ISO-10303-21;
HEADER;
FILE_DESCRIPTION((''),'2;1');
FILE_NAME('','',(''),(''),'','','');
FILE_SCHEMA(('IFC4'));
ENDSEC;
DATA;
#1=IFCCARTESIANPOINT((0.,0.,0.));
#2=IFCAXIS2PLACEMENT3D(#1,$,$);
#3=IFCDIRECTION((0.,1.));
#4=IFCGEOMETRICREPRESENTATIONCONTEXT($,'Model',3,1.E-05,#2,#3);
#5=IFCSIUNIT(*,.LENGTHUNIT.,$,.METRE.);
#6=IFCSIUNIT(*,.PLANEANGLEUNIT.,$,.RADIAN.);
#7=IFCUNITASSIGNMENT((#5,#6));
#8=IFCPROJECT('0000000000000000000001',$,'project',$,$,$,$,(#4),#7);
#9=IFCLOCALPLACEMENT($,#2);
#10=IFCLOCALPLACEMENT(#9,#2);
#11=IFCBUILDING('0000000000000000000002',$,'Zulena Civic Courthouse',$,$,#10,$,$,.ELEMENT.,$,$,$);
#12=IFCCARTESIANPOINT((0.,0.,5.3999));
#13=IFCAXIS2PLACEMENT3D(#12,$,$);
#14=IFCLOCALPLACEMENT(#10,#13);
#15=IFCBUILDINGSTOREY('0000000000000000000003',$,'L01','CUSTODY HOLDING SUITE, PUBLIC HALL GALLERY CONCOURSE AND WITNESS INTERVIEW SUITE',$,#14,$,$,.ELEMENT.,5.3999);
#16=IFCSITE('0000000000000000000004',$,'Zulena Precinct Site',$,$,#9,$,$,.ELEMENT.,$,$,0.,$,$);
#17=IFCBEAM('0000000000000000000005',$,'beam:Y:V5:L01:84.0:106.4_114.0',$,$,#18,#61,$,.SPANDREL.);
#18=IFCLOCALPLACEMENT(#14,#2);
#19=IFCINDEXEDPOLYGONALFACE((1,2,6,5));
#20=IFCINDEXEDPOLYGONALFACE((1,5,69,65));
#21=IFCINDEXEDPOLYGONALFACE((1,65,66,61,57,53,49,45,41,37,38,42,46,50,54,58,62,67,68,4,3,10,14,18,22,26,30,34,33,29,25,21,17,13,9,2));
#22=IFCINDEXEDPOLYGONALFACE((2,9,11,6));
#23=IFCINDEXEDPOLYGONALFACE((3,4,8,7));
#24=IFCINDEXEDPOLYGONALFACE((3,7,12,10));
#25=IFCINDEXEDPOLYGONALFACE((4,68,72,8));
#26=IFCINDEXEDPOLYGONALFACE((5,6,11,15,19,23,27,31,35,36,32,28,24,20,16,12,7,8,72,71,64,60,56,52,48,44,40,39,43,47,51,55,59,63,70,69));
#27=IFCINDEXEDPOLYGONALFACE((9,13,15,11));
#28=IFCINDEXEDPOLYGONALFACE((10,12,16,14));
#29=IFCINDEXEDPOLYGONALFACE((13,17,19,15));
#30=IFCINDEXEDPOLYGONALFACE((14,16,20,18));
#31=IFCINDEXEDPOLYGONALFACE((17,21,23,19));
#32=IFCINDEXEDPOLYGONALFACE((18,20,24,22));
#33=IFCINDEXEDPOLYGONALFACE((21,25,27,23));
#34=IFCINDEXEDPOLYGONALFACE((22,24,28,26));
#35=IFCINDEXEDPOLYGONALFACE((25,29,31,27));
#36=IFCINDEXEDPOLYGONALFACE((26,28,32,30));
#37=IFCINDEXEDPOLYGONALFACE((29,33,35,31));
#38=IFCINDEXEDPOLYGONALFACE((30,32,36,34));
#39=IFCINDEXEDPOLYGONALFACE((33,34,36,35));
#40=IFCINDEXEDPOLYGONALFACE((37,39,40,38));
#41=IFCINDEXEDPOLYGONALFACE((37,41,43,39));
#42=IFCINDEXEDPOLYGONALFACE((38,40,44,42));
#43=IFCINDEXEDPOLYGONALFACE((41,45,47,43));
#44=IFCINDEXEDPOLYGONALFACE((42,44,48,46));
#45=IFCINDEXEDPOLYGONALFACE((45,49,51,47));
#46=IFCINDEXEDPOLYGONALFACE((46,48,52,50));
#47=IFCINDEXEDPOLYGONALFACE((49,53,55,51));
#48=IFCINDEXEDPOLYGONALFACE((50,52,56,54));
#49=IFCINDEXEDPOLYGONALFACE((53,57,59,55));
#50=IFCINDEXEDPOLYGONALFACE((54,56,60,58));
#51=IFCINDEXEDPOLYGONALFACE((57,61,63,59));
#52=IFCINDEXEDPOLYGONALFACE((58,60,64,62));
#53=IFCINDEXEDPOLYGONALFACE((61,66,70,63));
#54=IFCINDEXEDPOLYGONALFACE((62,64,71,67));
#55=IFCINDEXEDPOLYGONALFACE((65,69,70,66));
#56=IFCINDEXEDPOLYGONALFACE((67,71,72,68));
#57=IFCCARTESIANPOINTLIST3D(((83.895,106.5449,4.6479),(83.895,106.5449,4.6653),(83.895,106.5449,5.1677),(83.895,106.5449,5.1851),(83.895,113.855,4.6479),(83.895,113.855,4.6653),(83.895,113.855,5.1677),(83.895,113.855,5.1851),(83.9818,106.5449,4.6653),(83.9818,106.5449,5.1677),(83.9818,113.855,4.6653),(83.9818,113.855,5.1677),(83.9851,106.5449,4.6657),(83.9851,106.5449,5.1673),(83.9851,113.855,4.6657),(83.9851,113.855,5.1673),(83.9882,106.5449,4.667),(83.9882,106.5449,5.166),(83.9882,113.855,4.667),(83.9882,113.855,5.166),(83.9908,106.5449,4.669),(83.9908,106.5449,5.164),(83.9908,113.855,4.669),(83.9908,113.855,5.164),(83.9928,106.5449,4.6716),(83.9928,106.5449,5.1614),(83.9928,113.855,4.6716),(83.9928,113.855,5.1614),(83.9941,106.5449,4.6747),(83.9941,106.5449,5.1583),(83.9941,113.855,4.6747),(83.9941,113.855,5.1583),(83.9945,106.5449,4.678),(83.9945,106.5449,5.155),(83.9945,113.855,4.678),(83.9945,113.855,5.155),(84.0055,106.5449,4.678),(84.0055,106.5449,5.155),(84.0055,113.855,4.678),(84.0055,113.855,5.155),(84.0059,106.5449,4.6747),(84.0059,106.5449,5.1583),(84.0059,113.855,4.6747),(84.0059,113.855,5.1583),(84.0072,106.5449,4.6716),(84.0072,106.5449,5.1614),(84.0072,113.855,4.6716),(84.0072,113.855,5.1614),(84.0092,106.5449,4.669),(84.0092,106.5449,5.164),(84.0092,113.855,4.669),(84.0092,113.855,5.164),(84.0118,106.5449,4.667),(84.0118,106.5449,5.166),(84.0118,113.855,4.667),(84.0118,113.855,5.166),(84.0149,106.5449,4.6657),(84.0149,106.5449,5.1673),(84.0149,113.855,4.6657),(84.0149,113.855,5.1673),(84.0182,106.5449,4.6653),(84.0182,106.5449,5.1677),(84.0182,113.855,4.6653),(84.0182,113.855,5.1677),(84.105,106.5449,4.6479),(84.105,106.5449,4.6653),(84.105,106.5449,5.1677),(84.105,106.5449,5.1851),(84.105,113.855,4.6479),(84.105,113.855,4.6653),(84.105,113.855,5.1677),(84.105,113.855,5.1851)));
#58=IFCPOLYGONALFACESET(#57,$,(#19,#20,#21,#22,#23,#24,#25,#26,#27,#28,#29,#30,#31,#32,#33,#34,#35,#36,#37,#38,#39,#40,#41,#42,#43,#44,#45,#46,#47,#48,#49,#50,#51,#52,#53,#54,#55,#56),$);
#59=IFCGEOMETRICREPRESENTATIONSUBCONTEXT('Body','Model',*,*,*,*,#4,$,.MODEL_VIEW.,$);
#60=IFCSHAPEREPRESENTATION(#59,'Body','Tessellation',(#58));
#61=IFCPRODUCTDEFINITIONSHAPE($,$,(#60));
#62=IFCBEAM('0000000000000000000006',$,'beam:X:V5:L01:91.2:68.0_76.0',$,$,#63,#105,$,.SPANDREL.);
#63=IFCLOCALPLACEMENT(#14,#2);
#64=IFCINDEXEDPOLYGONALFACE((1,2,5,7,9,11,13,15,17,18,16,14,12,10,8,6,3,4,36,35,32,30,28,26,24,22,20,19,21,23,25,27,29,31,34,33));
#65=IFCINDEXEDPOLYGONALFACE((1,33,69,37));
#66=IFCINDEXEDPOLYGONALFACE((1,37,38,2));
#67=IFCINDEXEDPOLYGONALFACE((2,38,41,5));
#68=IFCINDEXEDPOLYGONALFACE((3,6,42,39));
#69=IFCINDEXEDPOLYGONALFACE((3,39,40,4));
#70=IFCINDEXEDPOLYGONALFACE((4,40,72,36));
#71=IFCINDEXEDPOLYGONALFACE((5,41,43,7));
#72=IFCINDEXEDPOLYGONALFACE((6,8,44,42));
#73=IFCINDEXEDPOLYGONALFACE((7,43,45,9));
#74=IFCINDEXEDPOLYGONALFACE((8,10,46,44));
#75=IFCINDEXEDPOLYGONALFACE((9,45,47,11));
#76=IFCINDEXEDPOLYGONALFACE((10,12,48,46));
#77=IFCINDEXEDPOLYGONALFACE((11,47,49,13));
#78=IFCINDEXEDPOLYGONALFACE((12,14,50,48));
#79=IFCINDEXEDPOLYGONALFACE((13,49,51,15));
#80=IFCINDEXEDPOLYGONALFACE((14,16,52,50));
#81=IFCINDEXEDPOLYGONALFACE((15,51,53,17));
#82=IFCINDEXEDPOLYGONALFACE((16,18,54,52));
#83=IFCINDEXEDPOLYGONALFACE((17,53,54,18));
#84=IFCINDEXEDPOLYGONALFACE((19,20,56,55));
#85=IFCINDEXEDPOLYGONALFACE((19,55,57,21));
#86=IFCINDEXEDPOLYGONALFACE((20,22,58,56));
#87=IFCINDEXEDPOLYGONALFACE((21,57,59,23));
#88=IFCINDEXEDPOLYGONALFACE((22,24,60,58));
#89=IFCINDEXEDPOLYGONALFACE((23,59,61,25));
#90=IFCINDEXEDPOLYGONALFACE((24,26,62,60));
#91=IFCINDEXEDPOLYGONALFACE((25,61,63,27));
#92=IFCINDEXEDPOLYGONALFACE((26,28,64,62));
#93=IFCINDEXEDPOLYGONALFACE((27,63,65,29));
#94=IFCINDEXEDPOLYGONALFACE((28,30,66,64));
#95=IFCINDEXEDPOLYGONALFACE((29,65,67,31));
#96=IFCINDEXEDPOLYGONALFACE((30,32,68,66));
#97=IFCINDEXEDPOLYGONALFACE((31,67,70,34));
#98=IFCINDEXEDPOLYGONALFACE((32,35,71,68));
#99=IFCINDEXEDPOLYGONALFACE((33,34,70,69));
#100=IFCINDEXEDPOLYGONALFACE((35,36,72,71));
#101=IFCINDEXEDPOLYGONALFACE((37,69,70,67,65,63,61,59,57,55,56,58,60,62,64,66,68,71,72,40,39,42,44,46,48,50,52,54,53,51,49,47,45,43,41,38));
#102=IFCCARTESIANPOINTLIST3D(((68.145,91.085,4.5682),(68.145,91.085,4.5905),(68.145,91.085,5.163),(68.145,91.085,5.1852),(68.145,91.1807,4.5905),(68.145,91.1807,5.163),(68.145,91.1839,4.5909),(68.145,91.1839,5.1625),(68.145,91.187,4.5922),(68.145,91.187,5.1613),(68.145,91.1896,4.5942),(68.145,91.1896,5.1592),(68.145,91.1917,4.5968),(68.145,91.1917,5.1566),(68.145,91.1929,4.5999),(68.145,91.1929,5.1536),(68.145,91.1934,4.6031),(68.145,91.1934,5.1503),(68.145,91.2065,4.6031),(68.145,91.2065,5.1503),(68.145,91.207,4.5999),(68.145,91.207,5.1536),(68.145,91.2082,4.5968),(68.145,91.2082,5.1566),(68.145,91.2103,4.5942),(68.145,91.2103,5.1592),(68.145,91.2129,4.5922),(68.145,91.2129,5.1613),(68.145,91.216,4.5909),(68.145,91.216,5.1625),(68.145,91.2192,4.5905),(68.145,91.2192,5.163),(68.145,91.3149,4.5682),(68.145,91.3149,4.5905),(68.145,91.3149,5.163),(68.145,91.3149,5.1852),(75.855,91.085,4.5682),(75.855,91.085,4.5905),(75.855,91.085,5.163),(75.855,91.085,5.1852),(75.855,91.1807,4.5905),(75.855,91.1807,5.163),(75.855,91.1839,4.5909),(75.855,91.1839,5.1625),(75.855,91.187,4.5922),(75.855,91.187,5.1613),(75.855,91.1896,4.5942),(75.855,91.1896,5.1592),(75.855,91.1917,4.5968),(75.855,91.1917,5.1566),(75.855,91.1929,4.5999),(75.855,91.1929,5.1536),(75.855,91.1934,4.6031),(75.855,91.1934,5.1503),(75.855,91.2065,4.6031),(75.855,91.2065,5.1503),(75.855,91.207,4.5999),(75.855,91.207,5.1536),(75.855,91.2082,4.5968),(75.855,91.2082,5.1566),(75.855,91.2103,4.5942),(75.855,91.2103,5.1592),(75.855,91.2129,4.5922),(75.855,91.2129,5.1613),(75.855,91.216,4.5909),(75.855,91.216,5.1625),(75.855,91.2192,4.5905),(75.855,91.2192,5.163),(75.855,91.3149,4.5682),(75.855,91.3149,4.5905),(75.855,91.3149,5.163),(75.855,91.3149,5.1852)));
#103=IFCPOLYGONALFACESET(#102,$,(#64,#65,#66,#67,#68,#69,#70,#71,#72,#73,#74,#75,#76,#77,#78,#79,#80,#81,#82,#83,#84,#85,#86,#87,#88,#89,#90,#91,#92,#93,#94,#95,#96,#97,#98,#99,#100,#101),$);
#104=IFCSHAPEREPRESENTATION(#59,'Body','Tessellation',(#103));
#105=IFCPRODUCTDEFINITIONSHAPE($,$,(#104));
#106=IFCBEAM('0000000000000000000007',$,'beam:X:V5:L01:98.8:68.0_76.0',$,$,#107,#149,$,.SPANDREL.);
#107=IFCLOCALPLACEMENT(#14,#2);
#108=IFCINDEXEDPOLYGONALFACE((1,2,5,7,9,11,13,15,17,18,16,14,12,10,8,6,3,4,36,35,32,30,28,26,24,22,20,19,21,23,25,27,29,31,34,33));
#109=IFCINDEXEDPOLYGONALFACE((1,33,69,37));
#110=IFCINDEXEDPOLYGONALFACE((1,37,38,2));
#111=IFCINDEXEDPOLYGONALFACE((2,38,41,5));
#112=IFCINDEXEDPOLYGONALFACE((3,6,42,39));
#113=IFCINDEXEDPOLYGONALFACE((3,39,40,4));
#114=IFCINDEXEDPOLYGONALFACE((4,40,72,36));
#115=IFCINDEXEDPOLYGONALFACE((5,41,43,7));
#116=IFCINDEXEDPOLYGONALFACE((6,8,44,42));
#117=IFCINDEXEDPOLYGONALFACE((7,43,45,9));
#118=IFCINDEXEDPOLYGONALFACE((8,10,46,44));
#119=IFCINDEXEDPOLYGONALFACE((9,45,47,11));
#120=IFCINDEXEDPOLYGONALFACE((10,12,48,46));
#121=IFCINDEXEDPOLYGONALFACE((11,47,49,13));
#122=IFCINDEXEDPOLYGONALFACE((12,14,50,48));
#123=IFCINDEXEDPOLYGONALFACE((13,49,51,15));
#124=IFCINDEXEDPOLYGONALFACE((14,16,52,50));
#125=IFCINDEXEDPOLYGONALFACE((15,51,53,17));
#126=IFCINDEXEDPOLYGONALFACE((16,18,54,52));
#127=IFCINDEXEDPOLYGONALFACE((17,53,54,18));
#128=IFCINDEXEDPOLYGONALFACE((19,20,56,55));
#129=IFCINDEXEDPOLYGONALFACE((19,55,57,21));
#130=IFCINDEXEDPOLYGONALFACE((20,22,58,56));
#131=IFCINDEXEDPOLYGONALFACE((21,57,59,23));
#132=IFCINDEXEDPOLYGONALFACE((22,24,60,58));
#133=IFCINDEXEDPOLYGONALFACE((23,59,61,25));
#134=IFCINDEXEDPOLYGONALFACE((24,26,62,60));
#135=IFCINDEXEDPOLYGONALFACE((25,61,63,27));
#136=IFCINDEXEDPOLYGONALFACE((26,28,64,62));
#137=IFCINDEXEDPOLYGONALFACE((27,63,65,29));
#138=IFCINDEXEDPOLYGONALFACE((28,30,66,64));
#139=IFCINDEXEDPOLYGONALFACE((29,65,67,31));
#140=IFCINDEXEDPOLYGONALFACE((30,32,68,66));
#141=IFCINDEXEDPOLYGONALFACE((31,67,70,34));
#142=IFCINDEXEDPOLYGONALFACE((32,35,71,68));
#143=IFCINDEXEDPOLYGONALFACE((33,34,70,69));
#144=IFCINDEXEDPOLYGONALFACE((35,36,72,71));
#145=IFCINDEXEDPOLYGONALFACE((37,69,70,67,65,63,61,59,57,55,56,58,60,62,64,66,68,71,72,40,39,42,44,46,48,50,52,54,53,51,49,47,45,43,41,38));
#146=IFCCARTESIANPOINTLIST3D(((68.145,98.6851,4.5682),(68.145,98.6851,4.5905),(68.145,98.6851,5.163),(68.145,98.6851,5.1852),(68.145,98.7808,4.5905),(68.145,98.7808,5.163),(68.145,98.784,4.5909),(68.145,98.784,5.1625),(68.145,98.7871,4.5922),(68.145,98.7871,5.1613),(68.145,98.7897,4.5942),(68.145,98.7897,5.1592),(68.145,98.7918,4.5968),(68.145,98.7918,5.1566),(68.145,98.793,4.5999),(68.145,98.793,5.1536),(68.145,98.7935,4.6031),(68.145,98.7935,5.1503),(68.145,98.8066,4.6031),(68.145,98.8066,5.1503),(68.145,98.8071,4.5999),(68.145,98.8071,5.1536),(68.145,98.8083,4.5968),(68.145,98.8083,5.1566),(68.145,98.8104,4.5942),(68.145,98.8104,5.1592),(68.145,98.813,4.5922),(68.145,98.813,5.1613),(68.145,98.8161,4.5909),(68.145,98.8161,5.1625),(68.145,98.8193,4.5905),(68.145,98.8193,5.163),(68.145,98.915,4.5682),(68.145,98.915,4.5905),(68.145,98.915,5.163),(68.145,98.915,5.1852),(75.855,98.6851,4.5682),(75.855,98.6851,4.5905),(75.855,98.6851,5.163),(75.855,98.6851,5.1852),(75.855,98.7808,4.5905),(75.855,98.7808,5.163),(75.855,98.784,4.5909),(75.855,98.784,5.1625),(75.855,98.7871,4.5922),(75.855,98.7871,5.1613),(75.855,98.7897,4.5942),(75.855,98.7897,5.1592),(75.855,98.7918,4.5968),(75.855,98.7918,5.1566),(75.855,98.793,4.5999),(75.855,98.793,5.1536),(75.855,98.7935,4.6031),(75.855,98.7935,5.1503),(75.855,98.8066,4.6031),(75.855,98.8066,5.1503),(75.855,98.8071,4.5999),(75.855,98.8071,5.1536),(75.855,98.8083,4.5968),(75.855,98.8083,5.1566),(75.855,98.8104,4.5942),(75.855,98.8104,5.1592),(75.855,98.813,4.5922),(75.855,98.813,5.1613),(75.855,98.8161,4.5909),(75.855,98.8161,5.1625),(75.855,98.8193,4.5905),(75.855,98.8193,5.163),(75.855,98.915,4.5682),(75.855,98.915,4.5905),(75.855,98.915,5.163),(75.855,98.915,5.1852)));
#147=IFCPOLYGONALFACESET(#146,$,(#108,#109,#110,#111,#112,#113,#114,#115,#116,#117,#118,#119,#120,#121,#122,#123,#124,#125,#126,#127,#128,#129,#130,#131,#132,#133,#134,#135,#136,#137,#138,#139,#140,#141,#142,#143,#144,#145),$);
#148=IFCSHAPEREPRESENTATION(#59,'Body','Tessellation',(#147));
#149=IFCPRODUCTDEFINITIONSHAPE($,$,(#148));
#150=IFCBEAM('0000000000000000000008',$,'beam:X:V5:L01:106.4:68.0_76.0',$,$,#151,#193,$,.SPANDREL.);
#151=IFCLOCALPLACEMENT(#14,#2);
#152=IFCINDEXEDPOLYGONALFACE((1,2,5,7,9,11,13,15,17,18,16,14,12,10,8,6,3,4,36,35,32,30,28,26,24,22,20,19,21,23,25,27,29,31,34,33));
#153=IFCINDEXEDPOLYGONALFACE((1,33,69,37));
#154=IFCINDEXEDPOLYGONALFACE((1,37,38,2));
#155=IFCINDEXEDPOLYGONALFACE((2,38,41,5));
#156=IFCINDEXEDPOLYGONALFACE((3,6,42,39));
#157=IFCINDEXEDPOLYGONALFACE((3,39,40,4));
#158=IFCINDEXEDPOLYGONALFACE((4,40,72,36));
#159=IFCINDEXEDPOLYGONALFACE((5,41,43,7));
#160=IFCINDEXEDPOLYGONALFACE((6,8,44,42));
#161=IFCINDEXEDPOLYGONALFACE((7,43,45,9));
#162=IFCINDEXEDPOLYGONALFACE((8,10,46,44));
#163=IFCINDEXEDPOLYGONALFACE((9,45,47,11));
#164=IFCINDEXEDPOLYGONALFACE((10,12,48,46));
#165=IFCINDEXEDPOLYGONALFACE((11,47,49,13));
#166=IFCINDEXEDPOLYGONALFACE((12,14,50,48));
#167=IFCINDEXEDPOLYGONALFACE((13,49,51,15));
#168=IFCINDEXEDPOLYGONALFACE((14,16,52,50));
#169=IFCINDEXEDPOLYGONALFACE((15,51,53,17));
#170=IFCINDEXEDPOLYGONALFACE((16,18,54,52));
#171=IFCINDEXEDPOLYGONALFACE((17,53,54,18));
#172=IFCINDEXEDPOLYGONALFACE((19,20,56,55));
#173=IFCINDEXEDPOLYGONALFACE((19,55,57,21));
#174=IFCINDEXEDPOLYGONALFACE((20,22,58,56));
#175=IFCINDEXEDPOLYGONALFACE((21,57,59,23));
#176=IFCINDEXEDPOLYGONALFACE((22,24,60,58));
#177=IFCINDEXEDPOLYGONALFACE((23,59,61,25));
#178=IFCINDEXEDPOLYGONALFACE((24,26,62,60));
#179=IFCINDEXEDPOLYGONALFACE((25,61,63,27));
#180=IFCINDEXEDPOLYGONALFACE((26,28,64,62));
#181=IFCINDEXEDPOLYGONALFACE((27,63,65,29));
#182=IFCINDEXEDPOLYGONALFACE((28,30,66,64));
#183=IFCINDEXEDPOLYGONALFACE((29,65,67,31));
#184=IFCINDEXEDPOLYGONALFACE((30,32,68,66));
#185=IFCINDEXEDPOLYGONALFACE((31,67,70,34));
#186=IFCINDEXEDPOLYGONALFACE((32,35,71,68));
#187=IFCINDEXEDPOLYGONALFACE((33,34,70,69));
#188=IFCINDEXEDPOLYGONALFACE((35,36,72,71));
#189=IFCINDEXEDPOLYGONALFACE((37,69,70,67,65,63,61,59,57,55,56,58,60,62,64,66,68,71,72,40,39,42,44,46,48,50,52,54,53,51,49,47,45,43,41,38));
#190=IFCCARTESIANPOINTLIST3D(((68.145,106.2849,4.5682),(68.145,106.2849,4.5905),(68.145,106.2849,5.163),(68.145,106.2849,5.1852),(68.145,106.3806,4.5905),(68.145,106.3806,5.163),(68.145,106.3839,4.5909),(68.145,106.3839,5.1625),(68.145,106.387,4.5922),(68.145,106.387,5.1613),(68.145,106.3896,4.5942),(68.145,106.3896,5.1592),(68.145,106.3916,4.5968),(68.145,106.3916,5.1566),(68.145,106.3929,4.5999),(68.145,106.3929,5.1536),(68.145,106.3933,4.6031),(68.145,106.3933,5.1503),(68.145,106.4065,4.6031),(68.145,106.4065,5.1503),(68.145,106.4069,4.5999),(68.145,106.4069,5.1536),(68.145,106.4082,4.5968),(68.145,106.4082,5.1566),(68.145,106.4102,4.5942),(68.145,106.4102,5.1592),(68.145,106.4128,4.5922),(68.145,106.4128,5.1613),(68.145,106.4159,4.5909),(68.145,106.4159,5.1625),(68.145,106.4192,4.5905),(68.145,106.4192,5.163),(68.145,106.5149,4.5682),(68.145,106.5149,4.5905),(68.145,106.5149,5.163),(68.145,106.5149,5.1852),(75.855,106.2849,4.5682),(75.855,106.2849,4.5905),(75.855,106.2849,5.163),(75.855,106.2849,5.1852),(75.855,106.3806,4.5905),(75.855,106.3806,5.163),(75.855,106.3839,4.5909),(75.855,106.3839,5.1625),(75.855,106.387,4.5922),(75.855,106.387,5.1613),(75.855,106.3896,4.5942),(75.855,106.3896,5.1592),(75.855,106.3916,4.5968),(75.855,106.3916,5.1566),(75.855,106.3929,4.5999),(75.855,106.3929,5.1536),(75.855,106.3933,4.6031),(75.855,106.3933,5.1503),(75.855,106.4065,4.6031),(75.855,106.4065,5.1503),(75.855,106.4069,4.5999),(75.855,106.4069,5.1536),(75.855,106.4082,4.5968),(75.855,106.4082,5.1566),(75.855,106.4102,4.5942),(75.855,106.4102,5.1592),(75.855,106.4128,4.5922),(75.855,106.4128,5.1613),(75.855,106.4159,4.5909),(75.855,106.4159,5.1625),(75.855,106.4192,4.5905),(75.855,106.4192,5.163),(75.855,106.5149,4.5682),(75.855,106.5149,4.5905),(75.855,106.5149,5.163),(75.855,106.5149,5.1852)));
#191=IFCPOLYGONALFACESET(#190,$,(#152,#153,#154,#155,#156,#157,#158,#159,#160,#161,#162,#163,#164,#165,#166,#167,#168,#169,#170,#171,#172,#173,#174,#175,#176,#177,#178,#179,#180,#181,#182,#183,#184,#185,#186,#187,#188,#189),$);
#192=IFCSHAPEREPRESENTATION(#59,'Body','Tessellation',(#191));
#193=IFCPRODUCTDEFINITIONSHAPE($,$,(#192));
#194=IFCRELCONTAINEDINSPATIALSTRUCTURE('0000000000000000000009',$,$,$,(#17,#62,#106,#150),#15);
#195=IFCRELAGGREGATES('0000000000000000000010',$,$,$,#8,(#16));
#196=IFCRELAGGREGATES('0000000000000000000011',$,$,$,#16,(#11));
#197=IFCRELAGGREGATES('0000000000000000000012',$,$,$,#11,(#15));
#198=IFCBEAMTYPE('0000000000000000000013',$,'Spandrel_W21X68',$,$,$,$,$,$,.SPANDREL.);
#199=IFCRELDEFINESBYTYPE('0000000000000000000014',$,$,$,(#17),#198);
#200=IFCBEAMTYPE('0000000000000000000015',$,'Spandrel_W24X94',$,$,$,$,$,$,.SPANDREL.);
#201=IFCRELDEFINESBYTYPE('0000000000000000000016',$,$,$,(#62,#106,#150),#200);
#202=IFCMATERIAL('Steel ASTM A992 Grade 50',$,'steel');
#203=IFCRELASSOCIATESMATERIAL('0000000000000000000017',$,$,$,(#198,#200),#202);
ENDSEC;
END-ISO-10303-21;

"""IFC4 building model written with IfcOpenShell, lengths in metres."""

from ifc_helpers import new_model, si_unit, direction, frame, origin, origin_2d, place, context, subcontext, project, spatial, i_section, extrude, material, material_profile, profile_set, type_object, element, save


model = new_model("IFC4")

# Units and contexts
model_context = context("Model", 3, precision=1e-05, world=origin(), true_north=direction((0.0, 1.0)))
body_context = subcontext(model_context, "Body", "Model", "MODEL_VIEW")
ifc_project = project(units=[si_unit("LENGTHUNIT", "METRE"), si_unit("PLANEANGLEUNIT", "RADIAN")], contexts=[model_context])

# Site, building, storey
site_placement = place(None, origin())
site = spatial("IfcSite", under=ifc_project, at=site_placement, Name="Zulena Precinct Site", CompositionType="ELEMENT", RefElevation=0.0)
building_placement = place(site_placement, origin())
building = spatial("IfcBuilding", under=site, at=building_placement, Name="Zulena Civic Courthouse", CompositionType="ELEMENT")
storey_placement = place(building_placement, frame((0.0, 0.0, 5.3999)))
storey = spatial("IfcBuildingStorey", under=building, at=storey_placement, Name="L01", Description="CUSTODY HOLDING SUITE, PUBLIC HALL GALLERY CONCOURSE AND WITNESS INTERVIEW SUITE", CompositionType="ELEMENT", Elevation=5.3999)

# Shared definitions
ifc_material_1 = material(Name="Steel ASTM A992 Grade 50", Category="steel")

# Beams
ifc_material_profile_1 = material_profile(ifc_material_1, i_section(OverallWidth=0.21, OverallDepth=0.5371, WebThickness=0.011, FlangeThickness=0.0173, FilletRadius=0.0127, at=origin_2d()), Name="W21X68")
ifc_profile_set_1 = profile_set([ifc_material_profile_1], Name="Steel ASTM A992 Grade 50")
beam_type_1 = type_object("IfcBeamType", Name="Spandrel_W21X68", PredefinedType="SPANDREL", material=ifc_profile_set_1)
for number, where, z_axis, x_axis, name in (
    (1, (84.0, 106.5449, 4.9165), (0.0, 1.0, 0.0), (-1.0, 0.0, 0.0), "beam:Y:V5:L01:84.0:106.4_114.0"),
):
    element("IfcBeam", number, at=place(storey_placement, frame(where, z_axis=z_axis, x_axis=x_axis)), inside=storey, type_object=beam_type_1, Name=name, PredefinedType="SPANDREL", context=body_context, shape_type="SweptSolid", body=[
        extrude(i_section(OverallWidth=0.21, OverallDepth=0.5371, WebThickness=0.011, FlangeThickness=0.0173, FilletRadius=0.0127, at=origin_2d()), origin(), (0.0, 0.0, 1.0), 7.3101),
    ])
ifc_material_profile_2 = material_profile(ifc_material_1, i_section(OverallWidth=0.23, OverallDepth=0.6169, WebThickness=0.0132, FlangeThickness=0.0222, FilletRadius=0.0127, at=origin_2d()), Name="W24X94")
ifc_profile_set_2 = profile_set([ifc_material_profile_2], Name="Steel ASTM A992 Grade 50")
beam_type_2 = type_object("IfcBeamType", Name="Spandrel_W24X94", PredefinedType="SPANDREL", material=ifc_profile_set_2)
for number, where, z_axis, x_axis, name in (
    (2, (68.145, 91.2, 4.8767), (1.0, 0.0, 0.0), (0.0, 1.0, 0.0), "beam:X:V5:L01:91.2:68.0_76.0"),
    (3, (68.145, 98.8, 4.8767), (1.0, 0.0, 0.0), (0.0, 1.0, 0.0), "beam:X:V5:L01:98.8:68.0_76.0"),
    (4, (68.145, 106.3999, 4.8767), (1.0, 0.0, 0.0), (0.0, 1.0, 0.0), "beam:X:V5:L01:106.4:68.0_76.0"),
):
    element("IfcBeam", number, at=place(storey_placement, frame(where, z_axis=z_axis, x_axis=x_axis)), inside=storey, type_object=beam_type_2, Name=name, PredefinedType="SPANDREL", context=body_context, shape_type="SweptSolid", body=[
        extrude(i_section(OverallWidth=0.23, OverallDepth=0.6169, WebThickness=0.0132, FlangeThickness=0.0222, FilletRadius=0.0127, at=origin_2d()), origin(), (0.0, 0.0, 1.0), 7.71),
    ])

save(model, "model.ifc")
